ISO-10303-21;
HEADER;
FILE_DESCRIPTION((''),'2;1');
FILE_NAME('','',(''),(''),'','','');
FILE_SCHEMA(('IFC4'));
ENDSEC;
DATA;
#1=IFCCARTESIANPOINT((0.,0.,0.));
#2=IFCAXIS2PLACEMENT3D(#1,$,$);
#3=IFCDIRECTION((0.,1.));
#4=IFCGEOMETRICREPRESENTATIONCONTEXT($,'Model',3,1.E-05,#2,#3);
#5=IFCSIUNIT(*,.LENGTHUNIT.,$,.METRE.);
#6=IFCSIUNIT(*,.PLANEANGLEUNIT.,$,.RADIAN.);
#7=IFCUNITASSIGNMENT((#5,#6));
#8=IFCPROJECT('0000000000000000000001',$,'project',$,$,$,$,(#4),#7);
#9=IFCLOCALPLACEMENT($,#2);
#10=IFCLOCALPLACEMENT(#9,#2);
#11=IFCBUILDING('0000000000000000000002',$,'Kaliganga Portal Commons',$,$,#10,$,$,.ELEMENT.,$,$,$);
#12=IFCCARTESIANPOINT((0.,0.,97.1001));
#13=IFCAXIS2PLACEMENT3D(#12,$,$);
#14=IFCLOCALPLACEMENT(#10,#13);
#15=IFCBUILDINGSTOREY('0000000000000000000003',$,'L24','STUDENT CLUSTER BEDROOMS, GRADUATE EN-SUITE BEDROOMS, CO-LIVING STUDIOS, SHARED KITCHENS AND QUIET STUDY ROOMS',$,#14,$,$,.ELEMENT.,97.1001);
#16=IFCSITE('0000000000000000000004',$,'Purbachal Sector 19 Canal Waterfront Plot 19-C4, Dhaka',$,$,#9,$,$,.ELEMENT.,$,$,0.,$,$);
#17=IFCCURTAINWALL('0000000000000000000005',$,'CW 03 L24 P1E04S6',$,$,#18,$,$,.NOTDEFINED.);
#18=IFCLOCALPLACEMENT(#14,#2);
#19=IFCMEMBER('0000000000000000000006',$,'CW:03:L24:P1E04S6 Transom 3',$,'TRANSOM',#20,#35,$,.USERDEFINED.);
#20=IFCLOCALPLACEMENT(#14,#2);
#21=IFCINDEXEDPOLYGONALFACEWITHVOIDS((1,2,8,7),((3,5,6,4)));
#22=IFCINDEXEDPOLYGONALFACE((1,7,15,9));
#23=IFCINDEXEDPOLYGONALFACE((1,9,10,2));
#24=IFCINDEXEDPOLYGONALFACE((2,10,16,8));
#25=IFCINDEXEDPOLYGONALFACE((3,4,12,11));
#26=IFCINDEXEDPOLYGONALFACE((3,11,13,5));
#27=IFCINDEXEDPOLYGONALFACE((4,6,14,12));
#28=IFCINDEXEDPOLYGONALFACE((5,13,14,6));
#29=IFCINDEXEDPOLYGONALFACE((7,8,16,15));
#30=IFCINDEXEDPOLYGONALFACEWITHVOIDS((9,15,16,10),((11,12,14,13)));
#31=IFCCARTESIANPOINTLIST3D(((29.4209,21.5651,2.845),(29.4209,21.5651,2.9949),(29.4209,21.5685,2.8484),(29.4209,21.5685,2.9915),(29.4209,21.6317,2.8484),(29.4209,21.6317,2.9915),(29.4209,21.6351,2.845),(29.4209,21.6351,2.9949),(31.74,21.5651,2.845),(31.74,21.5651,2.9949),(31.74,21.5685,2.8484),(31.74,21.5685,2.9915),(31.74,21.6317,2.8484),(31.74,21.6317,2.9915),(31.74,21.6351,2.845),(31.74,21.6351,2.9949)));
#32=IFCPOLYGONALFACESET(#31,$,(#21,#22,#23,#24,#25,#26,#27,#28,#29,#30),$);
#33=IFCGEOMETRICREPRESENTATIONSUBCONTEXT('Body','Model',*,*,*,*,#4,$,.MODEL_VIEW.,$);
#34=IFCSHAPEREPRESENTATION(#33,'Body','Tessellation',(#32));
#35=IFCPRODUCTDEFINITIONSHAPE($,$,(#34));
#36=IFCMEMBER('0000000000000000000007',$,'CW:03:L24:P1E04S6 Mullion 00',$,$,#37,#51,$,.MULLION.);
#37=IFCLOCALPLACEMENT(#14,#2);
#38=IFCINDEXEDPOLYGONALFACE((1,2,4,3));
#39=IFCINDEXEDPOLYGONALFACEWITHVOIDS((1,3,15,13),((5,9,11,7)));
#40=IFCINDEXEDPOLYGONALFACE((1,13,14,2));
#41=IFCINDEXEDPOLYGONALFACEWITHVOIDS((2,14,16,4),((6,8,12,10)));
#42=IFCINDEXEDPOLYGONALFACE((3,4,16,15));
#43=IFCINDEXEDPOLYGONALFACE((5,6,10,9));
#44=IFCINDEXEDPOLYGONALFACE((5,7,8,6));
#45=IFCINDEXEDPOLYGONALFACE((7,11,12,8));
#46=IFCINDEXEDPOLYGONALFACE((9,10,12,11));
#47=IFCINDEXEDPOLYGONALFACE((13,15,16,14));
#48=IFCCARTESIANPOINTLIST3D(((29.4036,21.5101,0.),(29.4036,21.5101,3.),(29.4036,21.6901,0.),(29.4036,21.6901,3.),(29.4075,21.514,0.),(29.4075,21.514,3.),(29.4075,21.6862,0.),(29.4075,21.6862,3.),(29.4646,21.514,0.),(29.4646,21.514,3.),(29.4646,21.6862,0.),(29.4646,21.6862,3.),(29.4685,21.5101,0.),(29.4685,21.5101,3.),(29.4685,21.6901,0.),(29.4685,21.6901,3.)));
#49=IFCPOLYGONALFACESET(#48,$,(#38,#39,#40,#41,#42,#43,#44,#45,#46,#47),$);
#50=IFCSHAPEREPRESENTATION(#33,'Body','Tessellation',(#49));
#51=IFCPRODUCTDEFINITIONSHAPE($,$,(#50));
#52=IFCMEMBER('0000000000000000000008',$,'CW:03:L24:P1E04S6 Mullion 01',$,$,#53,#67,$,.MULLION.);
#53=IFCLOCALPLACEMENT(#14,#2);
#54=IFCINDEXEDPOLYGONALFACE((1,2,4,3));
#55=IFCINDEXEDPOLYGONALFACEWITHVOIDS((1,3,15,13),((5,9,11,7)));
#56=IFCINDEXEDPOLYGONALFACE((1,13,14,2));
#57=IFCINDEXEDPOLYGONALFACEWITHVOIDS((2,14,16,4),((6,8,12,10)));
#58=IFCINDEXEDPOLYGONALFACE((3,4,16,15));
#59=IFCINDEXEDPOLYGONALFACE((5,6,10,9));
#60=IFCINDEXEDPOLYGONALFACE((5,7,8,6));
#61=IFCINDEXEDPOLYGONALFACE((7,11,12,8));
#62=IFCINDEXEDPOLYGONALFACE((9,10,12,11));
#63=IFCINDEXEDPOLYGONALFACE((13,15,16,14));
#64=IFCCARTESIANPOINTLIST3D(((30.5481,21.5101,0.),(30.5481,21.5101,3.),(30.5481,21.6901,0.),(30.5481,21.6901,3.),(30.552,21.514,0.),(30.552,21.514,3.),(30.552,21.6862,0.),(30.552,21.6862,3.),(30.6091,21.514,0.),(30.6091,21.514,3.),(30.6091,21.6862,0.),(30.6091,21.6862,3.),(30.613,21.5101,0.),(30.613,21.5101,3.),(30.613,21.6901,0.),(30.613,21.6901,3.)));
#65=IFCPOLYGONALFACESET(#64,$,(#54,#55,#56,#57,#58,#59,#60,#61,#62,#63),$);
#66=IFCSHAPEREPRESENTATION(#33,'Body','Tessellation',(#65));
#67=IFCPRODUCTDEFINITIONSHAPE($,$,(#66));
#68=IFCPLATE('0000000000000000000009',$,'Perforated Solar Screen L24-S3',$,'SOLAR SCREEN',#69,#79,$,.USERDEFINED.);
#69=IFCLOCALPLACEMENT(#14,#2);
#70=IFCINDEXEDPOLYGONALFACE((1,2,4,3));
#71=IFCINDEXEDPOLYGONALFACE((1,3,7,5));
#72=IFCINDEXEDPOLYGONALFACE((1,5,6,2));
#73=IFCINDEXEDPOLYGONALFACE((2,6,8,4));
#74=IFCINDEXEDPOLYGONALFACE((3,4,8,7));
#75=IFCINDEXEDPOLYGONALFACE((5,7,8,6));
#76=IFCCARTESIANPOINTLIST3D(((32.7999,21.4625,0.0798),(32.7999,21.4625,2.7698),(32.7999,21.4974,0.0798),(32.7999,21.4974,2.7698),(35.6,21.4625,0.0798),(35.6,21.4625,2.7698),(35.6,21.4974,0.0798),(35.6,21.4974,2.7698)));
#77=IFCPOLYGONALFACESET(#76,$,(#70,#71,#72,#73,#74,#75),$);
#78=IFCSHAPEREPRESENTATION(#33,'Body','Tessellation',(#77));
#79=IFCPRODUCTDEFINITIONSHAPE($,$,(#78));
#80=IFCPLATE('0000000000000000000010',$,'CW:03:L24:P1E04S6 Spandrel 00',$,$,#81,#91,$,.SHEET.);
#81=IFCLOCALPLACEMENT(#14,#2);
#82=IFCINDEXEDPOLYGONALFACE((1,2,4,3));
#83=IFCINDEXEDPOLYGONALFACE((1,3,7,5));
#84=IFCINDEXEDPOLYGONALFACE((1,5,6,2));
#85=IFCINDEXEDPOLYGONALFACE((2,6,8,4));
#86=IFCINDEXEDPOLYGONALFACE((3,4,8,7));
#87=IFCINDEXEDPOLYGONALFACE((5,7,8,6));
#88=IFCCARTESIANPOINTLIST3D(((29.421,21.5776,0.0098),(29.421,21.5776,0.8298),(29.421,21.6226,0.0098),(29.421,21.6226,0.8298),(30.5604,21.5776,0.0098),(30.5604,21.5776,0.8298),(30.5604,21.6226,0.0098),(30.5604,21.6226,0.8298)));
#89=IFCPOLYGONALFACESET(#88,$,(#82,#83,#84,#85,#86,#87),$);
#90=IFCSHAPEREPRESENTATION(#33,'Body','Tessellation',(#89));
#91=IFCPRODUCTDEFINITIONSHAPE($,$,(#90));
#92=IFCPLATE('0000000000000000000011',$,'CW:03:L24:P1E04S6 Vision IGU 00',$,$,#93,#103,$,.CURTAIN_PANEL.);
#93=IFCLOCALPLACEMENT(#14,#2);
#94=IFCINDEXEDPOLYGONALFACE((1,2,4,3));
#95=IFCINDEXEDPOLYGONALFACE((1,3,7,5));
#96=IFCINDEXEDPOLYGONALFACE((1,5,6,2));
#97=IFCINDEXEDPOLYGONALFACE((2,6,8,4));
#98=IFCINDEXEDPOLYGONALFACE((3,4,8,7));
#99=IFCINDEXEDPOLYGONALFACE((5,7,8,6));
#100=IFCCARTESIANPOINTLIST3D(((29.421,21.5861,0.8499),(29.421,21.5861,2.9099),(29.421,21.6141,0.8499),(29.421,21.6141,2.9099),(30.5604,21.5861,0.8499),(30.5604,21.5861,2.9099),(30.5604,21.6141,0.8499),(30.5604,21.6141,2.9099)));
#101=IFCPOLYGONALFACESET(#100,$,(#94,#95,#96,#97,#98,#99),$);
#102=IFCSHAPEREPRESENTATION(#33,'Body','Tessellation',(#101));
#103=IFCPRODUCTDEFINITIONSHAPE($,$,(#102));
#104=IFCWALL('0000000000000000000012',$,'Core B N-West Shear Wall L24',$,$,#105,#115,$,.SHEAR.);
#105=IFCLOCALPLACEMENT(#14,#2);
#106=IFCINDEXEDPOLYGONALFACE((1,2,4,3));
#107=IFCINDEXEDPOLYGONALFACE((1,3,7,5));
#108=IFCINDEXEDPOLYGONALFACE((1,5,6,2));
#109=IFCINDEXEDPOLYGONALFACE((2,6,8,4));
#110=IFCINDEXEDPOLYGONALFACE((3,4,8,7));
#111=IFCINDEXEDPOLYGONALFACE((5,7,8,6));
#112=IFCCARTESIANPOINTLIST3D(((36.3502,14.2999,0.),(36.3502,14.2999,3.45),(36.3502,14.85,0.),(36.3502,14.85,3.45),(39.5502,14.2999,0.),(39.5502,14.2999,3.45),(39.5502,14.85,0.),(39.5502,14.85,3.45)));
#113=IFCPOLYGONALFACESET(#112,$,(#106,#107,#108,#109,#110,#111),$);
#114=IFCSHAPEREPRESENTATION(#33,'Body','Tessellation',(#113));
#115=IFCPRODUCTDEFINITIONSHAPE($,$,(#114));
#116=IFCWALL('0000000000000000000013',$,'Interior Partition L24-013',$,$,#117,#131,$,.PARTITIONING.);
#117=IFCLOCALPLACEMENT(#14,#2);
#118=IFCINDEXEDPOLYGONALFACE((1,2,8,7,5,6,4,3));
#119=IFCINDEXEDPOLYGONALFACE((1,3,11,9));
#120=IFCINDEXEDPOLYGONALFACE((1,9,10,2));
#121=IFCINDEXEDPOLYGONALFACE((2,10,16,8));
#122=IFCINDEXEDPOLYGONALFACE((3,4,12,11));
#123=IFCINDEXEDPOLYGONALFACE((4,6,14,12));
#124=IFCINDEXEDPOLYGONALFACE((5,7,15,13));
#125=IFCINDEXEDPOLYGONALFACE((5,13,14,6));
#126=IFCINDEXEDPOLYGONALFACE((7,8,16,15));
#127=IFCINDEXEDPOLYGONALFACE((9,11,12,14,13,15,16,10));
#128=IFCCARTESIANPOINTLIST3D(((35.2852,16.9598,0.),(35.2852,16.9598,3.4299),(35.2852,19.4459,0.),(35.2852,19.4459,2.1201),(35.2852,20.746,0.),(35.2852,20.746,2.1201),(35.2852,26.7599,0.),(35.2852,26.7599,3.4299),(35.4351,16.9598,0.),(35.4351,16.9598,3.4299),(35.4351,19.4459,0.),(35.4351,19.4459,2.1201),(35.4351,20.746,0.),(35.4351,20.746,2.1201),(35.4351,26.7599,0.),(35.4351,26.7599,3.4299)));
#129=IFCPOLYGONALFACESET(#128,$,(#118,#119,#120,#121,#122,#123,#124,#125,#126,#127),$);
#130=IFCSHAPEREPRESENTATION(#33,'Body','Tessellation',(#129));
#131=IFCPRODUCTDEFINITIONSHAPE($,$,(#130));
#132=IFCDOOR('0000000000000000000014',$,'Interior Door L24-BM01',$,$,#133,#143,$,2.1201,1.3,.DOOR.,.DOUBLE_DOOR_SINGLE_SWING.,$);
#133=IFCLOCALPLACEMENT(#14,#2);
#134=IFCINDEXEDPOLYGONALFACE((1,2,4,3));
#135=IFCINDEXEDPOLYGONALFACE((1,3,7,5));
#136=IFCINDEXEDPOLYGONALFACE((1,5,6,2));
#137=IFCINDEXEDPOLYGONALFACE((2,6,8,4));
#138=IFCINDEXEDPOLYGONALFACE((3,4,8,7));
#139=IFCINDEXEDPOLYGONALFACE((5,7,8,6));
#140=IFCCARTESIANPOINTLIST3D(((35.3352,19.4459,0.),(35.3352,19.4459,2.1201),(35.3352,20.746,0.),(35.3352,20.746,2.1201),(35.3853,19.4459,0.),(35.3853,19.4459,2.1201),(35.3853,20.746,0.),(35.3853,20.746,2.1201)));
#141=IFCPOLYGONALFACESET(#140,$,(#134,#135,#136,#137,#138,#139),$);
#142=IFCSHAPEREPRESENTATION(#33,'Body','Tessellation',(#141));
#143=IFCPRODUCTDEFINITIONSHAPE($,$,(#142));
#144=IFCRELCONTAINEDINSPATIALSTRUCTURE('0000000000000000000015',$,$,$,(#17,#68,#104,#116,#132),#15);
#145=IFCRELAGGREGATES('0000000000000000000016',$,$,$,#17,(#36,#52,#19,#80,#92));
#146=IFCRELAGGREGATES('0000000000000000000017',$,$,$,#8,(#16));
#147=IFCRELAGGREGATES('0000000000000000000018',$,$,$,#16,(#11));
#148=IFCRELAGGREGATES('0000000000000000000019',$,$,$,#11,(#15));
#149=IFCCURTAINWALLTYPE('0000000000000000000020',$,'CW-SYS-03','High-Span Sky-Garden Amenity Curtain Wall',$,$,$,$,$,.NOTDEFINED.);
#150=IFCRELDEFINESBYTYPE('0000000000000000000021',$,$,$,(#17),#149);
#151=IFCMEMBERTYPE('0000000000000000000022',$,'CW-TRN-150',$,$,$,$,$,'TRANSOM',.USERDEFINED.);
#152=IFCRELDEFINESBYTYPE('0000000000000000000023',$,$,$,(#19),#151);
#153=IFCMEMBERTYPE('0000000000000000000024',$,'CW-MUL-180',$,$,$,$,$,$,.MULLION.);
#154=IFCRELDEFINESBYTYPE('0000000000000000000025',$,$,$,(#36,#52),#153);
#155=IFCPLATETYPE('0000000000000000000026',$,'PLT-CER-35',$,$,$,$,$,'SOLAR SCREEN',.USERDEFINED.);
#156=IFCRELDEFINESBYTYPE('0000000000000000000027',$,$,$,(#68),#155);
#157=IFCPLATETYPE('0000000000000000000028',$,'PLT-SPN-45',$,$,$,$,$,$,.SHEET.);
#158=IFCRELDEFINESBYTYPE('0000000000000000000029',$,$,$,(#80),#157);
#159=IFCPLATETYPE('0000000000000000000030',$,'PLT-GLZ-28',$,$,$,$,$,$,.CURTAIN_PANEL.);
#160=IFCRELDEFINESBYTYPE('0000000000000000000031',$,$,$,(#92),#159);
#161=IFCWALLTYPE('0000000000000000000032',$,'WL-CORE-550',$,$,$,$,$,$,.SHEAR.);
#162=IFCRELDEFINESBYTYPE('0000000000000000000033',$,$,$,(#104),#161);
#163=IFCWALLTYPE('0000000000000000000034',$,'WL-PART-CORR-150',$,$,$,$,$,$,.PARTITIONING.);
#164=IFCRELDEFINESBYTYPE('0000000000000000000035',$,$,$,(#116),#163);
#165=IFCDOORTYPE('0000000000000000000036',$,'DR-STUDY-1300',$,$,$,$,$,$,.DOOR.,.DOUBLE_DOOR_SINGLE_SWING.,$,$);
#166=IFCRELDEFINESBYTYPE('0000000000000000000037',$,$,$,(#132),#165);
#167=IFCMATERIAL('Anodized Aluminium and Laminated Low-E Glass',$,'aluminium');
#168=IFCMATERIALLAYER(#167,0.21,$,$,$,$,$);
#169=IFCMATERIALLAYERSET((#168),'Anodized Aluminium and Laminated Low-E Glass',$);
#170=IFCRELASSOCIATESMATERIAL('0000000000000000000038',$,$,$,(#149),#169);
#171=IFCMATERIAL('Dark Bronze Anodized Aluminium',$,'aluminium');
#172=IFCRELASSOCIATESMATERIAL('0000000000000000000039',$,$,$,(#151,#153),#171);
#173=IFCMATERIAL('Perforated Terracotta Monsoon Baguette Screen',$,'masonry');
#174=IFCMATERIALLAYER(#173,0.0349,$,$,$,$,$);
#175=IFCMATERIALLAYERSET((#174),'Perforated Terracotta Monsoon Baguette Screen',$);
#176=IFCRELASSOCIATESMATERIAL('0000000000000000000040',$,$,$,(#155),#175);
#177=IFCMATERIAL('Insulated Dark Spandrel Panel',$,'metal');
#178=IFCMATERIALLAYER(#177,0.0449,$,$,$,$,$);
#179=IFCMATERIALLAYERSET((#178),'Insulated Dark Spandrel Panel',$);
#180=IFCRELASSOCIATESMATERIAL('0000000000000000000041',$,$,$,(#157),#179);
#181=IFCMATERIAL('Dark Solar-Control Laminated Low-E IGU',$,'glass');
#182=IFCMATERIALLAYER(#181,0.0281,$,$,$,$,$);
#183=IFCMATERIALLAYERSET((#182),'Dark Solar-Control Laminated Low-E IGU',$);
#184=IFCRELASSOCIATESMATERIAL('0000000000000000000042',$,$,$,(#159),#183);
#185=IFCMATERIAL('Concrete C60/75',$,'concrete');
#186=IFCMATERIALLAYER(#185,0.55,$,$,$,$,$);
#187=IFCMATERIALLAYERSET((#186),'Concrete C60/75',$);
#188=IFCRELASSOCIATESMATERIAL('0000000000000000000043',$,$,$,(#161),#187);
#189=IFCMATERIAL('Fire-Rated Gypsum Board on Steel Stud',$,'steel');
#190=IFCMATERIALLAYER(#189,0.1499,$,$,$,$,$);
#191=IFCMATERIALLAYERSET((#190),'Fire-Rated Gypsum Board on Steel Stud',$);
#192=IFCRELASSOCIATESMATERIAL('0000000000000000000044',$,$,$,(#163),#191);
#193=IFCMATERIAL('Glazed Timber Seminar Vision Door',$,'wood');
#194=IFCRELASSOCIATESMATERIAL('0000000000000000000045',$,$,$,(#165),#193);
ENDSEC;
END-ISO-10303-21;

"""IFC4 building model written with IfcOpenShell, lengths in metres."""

from ifc_helpers import new_model, si_unit, direction, frame, frame_2d, origin, origin_2d, place, context, subcontext, project, spatial, rectangle, hollow_rectangle, extrude, source, transform, mapped, material, layer, layer_set, material_profile, profile_set, type_object, element, fill, aggregate, save


model = new_model("IFC4")

# Units and contexts
model_context = context("Model", 3, precision=1e-05, world=origin(), true_north=direction((0.0, 1.0)))
body_context = subcontext(model_context, "Body", "Model", "MODEL_VIEW")
ifc_project = project(units=[si_unit("LENGTHUNIT", "METRE"), si_unit("PLANEANGLEUNIT", "RADIAN")], contexts=[model_context])

# Site, building, storey
site_placement = place(None, origin())
site = spatial("IfcSite", under=ifc_project, at=site_placement, Name="Purbachal Sector 19 Canal Waterfront Plot 19-C4, Dhaka", CompositionType="ELEMENT", RefElevation=0.0)
building_placement = place(site_placement, origin())
building = spatial("IfcBuilding", under=site, at=building_placement, Name="Kaliganga Portal Commons", CompositionType="ELEMENT")
storey_placement = place(building_placement, frame((0.0, 0.0, 97.1001)))
storey = spatial("IfcBuildingStorey", under=building, at=storey_placement, Name="L24", Description="STUDENT CLUSTER BEDROOMS, GRADUATE EN-SUITE BEDROOMS, CO-LIVING STUDIOS, SHARED KITCHENS AND QUIET STUDY ROOMS", CompositionType="ELEMENT", Elevation=97.1001)

# Shared definitions
ifc_material_1 = material(Name="Concrete C60/75", Category="concrete")

# Curtain wall, members
ifc_material_2 = material(Name="Anodized Aluminium and Laminated Low-E Glass", Category="aluminium")
ifc_layer_1 = layer(ifc_material_2, 0.21)
ifc_layer_set_1 = layer_set([ifc_layer_1], Name="Anodized Aluminium and Laminated Low-E Glass")
curtain_wall_type = type_object("IfcCurtainWallType", Name="CW-SYS-03", Description="High-Span Sky-Garden Amenity Curtain Wall", PredefinedType="NOTDEFINED", material=ifc_layer_set_1)
curtain_wall_placement = place(storey_placement, origin())
curtain_wall = element("IfcCurtainWall", 1, at=curtain_wall_placement, inside=storey, type_object=curtain_wall_type, Name="CW 03 L24 P1E04S6", PredefinedType="NOTDEFINED")
ifc_material_3 = material(Name="Dark Bronze Anodized Aluminium", Category="aluminium")
ifc_material_profile_1 = material_profile(ifc_material_3, hollow_rectangle(XDim=0.0701, YDim=0.1499, WallThickness=0.0034, at=origin_2d()), Name="ALU TRAN 70x150x3.5")
ifc_profile_set_1 = profile_set([ifc_material_profile_1], Name="Dark Bronze Anodized Aluminium")
member_type_1 = type_object("IfcMemberType", Name="CW-TRN-150", ElementType="TRANSOM", PredefinedType="USERDEFINED", material=ifc_profile_set_1)
shared_shape_1 = source(origin(), body_context, "Body", "SweptSolid", [
    extrude(hollow_rectangle(XDim=0.0701, YDim=0.1499, WallThickness=0.0034, at=origin_2d()), origin(), (0.0, 0.0, 1.0), 2.3191),
])
member_1_placement = place(storey_placement, frame((29.4209, 21.6001, 2.9199), z_axis=(1.0, 0.0, 0.0), x_axis=(0.0, 1.0, 0.0)))
member_1 = element("IfcMember", 2, at=member_1_placement, type_object=member_type_1, Name="CW:03:L24:P1E04S6 Transom 3", ObjectType="TRANSOM", PredefinedType="USERDEFINED", context=body_context, shape_type="MappedRepresentation", body=[
    mapped(shared_shape_1, transform((0.0, 0.0, 0.0), x_axis=(1.0, 0.0, 0.0), y_axis=(0.0, 1.0, 0.0), z_axis=(0.0, 0.0, 1.0), scale=1.0)),
])
ifc_material_profile_2 = material_profile(ifc_material_3, hollow_rectangle(XDim=0.0649, YDim=0.1799, WallThickness=0.0039, at=origin_2d()), Name="ALU MULL 65x180x4")
ifc_profile_set_2 = profile_set([ifc_material_profile_2], Name="Dark Bronze Anodized Aluminium")
member_type_2 = type_object("IfcMemberType", Name="CW-MUL-180", PredefinedType="MULLION", material=ifc_profile_set_2)
shared_shape_2 = source(origin(), body_context, "Body", "SweptSolid", [
    extrude(hollow_rectangle(XDim=0.0649, YDim=0.1799, WallThickness=0.0039, at=origin_2d()), origin(), (0.0, 0.0, 1.0), 3.0),
])
member_2_placement = place(storey_placement, frame((29.436, 21.6001, 0.0), z_axis=(0.0, 0.0, 1.0), x_axis=(1.0, 0.0, 0.0)))
member_2 = element("IfcMember", 3, at=member_2_placement, type_object=member_type_2, Name="CW:03:L24:P1E04S6 Mullion 00", PredefinedType="MULLION", context=body_context, shape_type="MappedRepresentation", body=[
    mapped(shared_shape_2, transform((0.0, 0.0, 0.0), x_axis=(1.0, 0.0, 0.0), y_axis=(0.0, 1.0, 0.0), z_axis=(0.0, 0.0, 1.0), scale=1.0)),
])
member_3_placement = place(storey_placement, frame((30.5806, 21.6001, 0.0), z_axis=(0.0, 0.0, 1.0), x_axis=(1.0, 0.0, 0.0)))
member_3 = element("IfcMember", 4, at=member_3_placement, type_object=member_type_2, Name="CW:03:L24:P1E04S6 Mullion 01", PredefinedType="MULLION", context=body_context, shape_type="MappedRepresentation", body=[
    mapped(shared_shape_2, transform((0.0, 0.0, 0.0), x_axis=(1.0, 0.0, 0.0), y_axis=(0.0, 1.0, 0.0), z_axis=(0.0, 0.0, 1.0), scale=1.0)),
])

# Plates
ifc_material_4 = material(Name="Perforated Terracotta Monsoon Baguette Screen", Category="masonry")
ifc_layer_2 = layer(ifc_material_4, 0.0349)
ifc_layer_set_2 = layer_set([ifc_layer_2], Name="Perforated Terracotta Monsoon Baguette Screen")
plate_type_1 = type_object("IfcPlateType", Name="PLT-CER-35", ElementType="SOLAR SCREEN", PredefinedType="USERDEFINED", material=ifc_layer_set_2)
shared_shape_3 = source(origin(), body_context, "Body", "SweptSolid", [
    extrude(rectangle(XDim=2.8, YDim=0.0349, at=origin_2d()), origin(), (0.0, 0.0, 1.0), 2.6899),
])
plate_1_placement = place(storey_placement, frame((34.2, 21.48, 0.0798), z_axis=(0.0, 0.0, 1.0), x_axis=(1.0, 0.0, 0.0)))
element("IfcPlate", 5, at=plate_1_placement, inside=storey, type_object=plate_type_1, Name="Perforated Solar Screen L24-S3", ObjectType="SOLAR SCREEN", PredefinedType="USERDEFINED", context=body_context, shape_type="MappedRepresentation", body=[
    mapped(shared_shape_3, transform((0.0, 0.0, 0.0), x_axis=(1.0, 0.0, 0.0), y_axis=(0.0, 1.0, 0.0), z_axis=(0.0, 0.0, 1.0), scale=1.0)),
])
ifc_material_5 = material(Name="Insulated Dark Spandrel Panel", Category="metal")
ifc_layer_3 = layer(ifc_material_5, 0.0449)
ifc_layer_set_3 = layer_set([ifc_layer_3], Name="Insulated Dark Spandrel Panel")
plate_type_2 = type_object("IfcPlateType", Name="PLT-SPN-45", PredefinedType="SHEET", material=ifc_layer_set_3)
shared_shape_4 = source(origin(), body_context, "Body", "SweptSolid", [
    extrude(rectangle(XDim=1.1394, YDim=0.0449, at=origin_2d()), origin(), (0.0, 0.0, 1.0), 0.8201),
])
plate_2_placement = place(storey_placement, frame((29.9907, 21.6001, 0.0098), z_axis=(0.0, 0.0, 1.0), x_axis=(1.0, 0.0, 0.0)))
plate_2 = element("IfcPlate", 6, at=plate_2_placement, type_object=plate_type_2, Name="CW:03:L24:P1E04S6 Spandrel 00", PredefinedType="SHEET", context=body_context, shape_type="MappedRepresentation", body=[
    mapped(shared_shape_4, transform((0.0, 0.0, 0.0), x_axis=(1.0, 0.0, 0.0), y_axis=(0.0, 1.0, 0.0), z_axis=(0.0, 0.0, 1.0), scale=1.0)),
])
ifc_material_6 = material(Name="Dark Solar-Control Laminated Low-E IGU", Category="glass")
ifc_layer_4 = layer(ifc_material_6, 0.0281)
ifc_layer_set_4 = layer_set([ifc_layer_4], Name="Dark Solar-Control Laminated Low-E IGU")
plate_type_3 = type_object("IfcPlateType", Name="PLT-GLZ-28", PredefinedType="CURTAIN_PANEL", material=ifc_layer_set_4)
shared_shape_5 = source(origin(), body_context, "Body", "SweptSolid", [
    extrude(rectangle(XDim=1.1394, YDim=0.0281, at=origin_2d()), origin(), (0.0, 0.0, 1.0), 2.0601),
])
plate_3_placement = place(storey_placement, frame((29.9907, 21.6001, 0.8499), z_axis=(0.0, 0.0, 1.0), x_axis=(1.0, 0.0, 0.0)))
plate_3 = element("IfcPlate", 7, at=plate_3_placement, type_object=plate_type_3, Name="CW:03:L24:P1E04S6 Vision IGU 00", PredefinedType="CURTAIN_PANEL", context=body_context, shape_type="MappedRepresentation", body=[
    mapped(shared_shape_5, transform((0.0, 0.0, 0.0), x_axis=(1.0, 0.0, 0.0), y_axis=(0.0, 1.0, 0.0), z_axis=(0.0, 0.0, 1.0), scale=1.0)),
])
aggregate(curtain_wall, [member_2, member_3, member_1, plate_2, plate_3])

# Wall
ifc_layer_5 = layer(ifc_material_1, 0.55)
ifc_layer_set_5 = layer_set([ifc_layer_5], Name="Concrete C60/75")
wall_type_1 = type_object("IfcWallType", Name="WL-CORE-550", PredefinedType="SHEAR", material=ifc_layer_set_5)
wall_1_placement = place(storey_placement, frame((36.3501, 14.575, 0.0), z_axis=(0.0, 0.0, 1.0), x_axis=(1.0, 0.0, 0.0)))
element("IfcWall", 8, at=wall_1_placement, inside=storey, type_object=wall_type_1, Name="Core B N-West Shear Wall L24", PredefinedType="SHEAR", context=body_context, shape_type="SweptSolid", body=[
    extrude(rectangle(XDim=3.2, YDim=0.55, at=frame_2d((1.6001, 0.0))), origin(), (0.0, 0.0, 1.0), 3.45),
])

# Wall, opening, door
ifc_material_7 = material(Name="Fire-Rated Gypsum Board on Steel Stud", Category="steel")
ifc_layer_6 = layer(ifc_material_7, 0.1499)
ifc_layer_set_6 = layer_set([ifc_layer_6], Name="Fire-Rated Gypsum Board on Steel Stud")
wall_type_2 = type_object("IfcWallType", Name="WL-PART-CORR-150", PredefinedType="PARTITIONING", material=ifc_layer_set_6)
wall_2_placement = place(storey_placement, frame((35.3601, 16.96, 0.0), z_axis=(0.0, 0.0, 1.0), x_axis=(0.0, 1.0, 0.0)))
wall_2 = element("IfcWall", 9, at=wall_2_placement, inside=storey, type_object=wall_type_2, Name="Interior Partition L24-013", PredefinedType="PARTITIONING", context=body_context, shape_type="SweptSolid", body=[
    extrude(rectangle(XDim=9.8, YDim=0.1499, at=frame_2d((4.8999, 0.0))), origin(), (0.0, 0.0, 1.0), 3.4299),
])
opening_1_placement = place(wall_2_placement, frame((2.4861, 0.0, 0.0)))
opening_1 = element("IfcOpeningElement", 10, at=opening_1_placement, cuts=wall_2, PredefinedType="OPENING", context=body_context, shape_type="SweptSolid", body=[
    extrude(rectangle(XDim=1.3, YDim=2.1201, at=frame_2d((0.6499, 1.0601))), frame((0.0, 0.085, 0.0), z_axis=(0.0, -1.0, 0.0), x_axis=(1.0, 0.0, 0.0)), (0.0, 0.0, 1.0), 0.1699),
])
ifc_material_8 = material(Name="Glazed Timber Seminar Vision Door", Category="wood")
door_type_1 = type_object("IfcDoorType", Name="DR-STUDY-1300", OperationType="DOUBLE_DOOR_SINGLE_SWING", PredefinedType="DOOR", material=ifc_material_8)
door_1_placement = place(opening_1_placement, origin())
door_1 = element("IfcDoor", 11, at=door_1_placement, inside=storey, type_object=door_type_1, Name="Interior Door L24-BM01", OperationType="DOUBLE_DOOR_SINGLE_SWING", OverallHeight=2.1201, OverallWidth=1.3, PredefinedType="DOOR", context=body_context, shape_type="SweptSolid", body=[
    extrude(rectangle(XDim=1.3, YDim=2.1201, at=frame_2d((0.6499, 1.0601))), frame((0.0, 0.0249, 0.0), z_axis=(0.0, -1.0, 0.0), x_axis=(1.0, 0.0, 0.0)), (0.0, 0.0, 1.0), 0.05),
])
fill(opening_1, door_1)

save(model, "model.ifc")
